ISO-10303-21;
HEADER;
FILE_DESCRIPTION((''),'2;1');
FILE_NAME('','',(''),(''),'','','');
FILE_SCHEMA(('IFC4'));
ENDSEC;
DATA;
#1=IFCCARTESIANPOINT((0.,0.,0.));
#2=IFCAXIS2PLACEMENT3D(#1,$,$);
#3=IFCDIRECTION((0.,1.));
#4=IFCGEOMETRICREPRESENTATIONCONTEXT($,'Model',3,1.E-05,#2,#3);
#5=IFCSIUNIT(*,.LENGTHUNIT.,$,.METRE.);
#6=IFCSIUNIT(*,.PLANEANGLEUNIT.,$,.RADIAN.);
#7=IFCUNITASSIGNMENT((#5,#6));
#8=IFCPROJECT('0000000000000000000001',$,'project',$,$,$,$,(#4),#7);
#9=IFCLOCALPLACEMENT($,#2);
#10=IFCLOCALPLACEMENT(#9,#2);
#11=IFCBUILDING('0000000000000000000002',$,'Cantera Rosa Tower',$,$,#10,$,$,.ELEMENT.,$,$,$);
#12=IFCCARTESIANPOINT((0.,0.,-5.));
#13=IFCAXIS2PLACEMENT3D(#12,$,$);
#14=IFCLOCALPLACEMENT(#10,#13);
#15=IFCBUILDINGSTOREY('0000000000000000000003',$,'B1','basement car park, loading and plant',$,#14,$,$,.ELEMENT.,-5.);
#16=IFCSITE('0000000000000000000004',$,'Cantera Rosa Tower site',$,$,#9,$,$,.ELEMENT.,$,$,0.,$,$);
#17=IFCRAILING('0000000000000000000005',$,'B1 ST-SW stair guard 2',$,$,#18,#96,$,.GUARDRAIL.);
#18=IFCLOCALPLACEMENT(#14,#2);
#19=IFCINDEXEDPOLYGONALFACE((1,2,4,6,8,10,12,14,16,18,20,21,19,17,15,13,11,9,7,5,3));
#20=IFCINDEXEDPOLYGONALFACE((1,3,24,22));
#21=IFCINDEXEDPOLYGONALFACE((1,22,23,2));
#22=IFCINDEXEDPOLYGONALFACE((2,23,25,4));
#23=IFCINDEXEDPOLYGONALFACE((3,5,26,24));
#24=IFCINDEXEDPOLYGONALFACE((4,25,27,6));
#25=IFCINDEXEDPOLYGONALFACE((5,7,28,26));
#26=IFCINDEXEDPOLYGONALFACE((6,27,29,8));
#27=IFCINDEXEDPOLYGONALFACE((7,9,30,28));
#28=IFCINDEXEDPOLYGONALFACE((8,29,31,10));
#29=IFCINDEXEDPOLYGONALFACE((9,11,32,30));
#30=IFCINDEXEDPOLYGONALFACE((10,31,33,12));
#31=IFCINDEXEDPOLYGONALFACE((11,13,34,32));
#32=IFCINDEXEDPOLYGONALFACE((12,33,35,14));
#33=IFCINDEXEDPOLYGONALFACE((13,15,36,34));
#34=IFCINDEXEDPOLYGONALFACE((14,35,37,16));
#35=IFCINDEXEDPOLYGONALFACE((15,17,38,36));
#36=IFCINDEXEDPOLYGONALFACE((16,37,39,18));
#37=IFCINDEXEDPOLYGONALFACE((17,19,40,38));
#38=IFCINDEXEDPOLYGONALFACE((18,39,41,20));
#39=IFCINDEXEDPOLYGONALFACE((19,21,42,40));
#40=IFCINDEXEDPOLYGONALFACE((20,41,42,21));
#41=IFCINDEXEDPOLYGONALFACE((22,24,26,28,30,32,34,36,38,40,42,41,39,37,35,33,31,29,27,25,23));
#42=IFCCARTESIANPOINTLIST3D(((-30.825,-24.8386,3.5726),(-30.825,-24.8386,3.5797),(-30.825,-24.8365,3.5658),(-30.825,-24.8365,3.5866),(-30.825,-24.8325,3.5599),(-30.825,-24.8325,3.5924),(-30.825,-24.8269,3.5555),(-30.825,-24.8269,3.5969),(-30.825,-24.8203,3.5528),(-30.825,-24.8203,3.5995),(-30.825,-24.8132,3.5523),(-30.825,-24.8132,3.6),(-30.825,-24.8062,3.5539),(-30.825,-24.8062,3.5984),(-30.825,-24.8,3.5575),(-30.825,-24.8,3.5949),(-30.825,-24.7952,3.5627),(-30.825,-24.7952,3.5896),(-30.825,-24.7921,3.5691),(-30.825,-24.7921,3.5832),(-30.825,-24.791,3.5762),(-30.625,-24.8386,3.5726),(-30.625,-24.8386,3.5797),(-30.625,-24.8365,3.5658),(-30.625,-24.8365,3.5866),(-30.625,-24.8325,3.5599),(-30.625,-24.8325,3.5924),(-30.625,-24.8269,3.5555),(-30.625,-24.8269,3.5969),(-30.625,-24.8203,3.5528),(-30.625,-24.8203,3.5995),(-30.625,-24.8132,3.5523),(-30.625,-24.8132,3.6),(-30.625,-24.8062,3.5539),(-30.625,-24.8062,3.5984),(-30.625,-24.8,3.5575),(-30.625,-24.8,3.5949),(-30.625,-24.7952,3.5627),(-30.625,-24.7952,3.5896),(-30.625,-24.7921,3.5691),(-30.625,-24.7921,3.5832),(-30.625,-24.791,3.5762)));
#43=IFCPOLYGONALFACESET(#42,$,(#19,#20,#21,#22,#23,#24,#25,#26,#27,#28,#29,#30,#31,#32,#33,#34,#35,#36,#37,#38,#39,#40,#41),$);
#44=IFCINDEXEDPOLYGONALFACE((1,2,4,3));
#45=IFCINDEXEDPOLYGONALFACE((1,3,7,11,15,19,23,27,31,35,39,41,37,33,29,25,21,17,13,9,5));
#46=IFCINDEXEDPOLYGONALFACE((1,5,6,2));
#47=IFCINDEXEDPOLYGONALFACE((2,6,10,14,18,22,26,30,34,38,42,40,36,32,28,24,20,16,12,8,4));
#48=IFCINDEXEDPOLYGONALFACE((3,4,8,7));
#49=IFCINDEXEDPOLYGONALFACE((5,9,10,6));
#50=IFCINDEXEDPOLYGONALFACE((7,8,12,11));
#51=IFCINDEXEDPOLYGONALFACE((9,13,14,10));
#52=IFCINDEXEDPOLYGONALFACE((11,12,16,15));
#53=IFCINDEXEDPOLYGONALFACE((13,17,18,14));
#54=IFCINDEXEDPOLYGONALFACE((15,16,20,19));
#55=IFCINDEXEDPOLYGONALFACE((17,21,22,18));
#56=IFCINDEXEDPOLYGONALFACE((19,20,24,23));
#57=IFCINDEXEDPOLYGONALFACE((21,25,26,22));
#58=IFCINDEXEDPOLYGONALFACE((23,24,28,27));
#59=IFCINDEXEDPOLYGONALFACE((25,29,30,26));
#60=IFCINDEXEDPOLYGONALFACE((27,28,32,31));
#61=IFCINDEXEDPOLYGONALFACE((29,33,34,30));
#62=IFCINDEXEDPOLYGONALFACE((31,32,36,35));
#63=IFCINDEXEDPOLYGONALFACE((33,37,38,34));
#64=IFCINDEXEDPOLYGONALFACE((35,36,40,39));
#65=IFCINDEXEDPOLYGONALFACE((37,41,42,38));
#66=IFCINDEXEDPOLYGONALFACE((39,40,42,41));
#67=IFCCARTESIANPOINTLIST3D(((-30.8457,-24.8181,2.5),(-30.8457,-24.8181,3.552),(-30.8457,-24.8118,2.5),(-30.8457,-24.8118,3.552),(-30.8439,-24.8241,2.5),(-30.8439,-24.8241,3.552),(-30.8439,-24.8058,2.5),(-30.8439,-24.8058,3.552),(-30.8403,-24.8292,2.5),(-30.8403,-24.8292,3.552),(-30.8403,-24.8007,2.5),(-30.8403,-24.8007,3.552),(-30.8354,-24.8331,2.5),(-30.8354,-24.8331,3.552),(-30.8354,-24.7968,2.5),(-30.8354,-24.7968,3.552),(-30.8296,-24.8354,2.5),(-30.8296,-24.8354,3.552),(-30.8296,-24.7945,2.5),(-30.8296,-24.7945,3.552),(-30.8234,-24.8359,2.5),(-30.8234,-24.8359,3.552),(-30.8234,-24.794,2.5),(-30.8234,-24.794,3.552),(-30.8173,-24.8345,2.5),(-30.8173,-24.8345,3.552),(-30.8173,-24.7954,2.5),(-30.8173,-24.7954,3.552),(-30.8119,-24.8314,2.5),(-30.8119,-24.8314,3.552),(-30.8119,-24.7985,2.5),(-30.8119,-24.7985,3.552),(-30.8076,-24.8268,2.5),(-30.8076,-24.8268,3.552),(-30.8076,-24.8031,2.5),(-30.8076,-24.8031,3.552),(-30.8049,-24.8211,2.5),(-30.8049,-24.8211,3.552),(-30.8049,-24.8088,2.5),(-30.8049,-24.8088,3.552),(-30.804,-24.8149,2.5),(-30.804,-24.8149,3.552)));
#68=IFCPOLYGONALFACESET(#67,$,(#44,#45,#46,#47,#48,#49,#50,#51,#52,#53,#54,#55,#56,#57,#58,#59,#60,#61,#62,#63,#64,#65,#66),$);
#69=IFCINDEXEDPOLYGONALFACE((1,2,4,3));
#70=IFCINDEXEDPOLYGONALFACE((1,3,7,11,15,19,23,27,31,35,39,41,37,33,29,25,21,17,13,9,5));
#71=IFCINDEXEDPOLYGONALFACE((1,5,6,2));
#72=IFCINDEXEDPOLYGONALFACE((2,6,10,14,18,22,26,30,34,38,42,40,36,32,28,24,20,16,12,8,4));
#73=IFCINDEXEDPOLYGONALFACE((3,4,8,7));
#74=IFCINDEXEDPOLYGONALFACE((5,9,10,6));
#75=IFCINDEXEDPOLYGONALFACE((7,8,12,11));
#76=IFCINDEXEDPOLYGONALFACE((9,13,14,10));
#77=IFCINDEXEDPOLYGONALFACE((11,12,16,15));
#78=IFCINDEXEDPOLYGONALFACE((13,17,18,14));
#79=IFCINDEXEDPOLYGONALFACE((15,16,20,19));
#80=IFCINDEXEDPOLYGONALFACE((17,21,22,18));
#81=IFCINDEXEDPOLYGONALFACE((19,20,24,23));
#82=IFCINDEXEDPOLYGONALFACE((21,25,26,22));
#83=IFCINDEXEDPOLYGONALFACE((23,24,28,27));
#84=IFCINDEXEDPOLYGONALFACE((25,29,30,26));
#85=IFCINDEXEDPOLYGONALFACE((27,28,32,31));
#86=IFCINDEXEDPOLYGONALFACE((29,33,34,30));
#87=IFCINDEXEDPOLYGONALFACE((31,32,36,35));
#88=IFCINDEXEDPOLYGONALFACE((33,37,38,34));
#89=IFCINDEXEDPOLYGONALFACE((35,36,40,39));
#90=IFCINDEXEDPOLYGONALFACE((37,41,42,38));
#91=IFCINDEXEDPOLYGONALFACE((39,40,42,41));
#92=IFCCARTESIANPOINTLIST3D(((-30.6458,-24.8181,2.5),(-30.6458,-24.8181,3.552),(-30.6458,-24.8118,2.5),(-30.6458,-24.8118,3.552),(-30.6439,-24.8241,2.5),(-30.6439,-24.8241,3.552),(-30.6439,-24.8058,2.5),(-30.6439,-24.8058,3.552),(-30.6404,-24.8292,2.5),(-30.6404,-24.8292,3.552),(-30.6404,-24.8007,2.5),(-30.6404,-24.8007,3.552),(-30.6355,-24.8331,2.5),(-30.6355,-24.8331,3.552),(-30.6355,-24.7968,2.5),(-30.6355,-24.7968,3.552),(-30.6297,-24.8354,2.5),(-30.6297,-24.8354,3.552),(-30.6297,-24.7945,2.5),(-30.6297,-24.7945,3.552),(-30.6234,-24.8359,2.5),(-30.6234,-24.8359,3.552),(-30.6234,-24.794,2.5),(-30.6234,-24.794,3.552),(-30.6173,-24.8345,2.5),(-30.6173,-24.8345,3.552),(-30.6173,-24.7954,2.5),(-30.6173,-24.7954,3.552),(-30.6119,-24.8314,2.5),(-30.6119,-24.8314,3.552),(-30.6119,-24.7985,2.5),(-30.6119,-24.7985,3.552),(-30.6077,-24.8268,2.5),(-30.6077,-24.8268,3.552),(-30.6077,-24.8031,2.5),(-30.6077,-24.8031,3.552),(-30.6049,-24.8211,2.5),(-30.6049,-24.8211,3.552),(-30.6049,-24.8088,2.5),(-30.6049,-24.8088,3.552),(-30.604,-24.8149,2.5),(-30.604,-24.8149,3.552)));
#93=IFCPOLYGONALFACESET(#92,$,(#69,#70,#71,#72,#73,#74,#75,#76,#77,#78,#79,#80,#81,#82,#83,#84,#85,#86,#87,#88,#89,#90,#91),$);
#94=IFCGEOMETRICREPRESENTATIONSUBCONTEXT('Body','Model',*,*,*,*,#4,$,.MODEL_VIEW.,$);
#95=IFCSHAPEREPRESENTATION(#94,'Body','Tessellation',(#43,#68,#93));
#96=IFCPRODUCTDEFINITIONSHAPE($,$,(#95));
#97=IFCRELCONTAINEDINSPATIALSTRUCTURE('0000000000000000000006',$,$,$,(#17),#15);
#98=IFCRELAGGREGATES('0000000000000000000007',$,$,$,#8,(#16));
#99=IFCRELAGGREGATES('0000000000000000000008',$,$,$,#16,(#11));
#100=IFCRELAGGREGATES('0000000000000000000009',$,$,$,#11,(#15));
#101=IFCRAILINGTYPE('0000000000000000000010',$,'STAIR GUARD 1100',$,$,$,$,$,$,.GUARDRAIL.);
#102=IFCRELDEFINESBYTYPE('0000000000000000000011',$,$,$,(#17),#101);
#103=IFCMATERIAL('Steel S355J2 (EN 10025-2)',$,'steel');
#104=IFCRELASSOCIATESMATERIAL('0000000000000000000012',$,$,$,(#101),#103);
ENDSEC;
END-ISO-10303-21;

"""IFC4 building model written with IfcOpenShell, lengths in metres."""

from ifc_helpers import new_model, si_unit, direction, frame, origin, origin_2d, place, context, subcontext, project, spatial, circle, extrude, material, type_object, element, save


model = new_model("IFC4")

# Units and contexts
model_context = context("Model", 3, precision=1e-05, world=origin(), true_north=direction((0.0, 1.0)))
body_context = subcontext(model_context, "Body", "Model", "MODEL_VIEW")
ifc_project = project(units=[si_unit("LENGTHUNIT", "METRE"), si_unit("PLANEANGLEUNIT", "RADIAN")], contexts=[model_context])

# Site, building, storey
site_placement = place(None, origin())
site = spatial("IfcSite", under=ifc_project, at=site_placement, Name="Cantera Rosa Tower site", CompositionType="ELEMENT", RefElevation=0.0)
building_placement = place(site_placement, origin())
building = spatial("IfcBuilding", under=site, at=building_placement, Name="Cantera Rosa Tower", CompositionType="ELEMENT")
storey_placement = place(building_placement, frame((0.0, 0.0, -5.0)))
storey = spatial("IfcBuildingStorey", under=building, at=storey_placement, Name="B1", Description="basement car park, loading and plant", CompositionType="ELEMENT", Elevation=-5.0)

# Railing
ifc_material_1 = material(Name="Steel S355J2 (EN 10025-2)", Category="steel")
railing_type = type_object("IfcRailingType", Name="STAIR GUARD 1100", PredefinedType="GUARDRAIL", material=ifc_material_1)
railing_1_placement = place(storey_placement, frame((-30.825, -24.8149, 2.5)))
element("IfcRailing", 1, at=railing_1_placement, inside=storey, type_object=railing_type, Name="B1 ST-SW stair guard 2", PredefinedType="GUARDRAIL", context=body_context, shape_type="SweptSolid", body=[
    extrude(circle(Radius=0.0239, at=origin_2d()), frame((0.0, 0.0, 1.0762), z_axis=(1.0, 0.0, 0.0), x_axis=(0.0, 1.0, 0.0)), (0.0, 0.0, 1.0), 0.2),
    extrude(circle(Radius=0.021, at=origin_2d()), origin(), (0.0, 0.0, 1.0), 1.052),
    extrude(circle(Radius=0.021, at=origin_2d()), frame((0.2, 0.0, 0.0)), (0.0, 0.0, 1.0), 1.052),
])

save(model, "model.ifc")
